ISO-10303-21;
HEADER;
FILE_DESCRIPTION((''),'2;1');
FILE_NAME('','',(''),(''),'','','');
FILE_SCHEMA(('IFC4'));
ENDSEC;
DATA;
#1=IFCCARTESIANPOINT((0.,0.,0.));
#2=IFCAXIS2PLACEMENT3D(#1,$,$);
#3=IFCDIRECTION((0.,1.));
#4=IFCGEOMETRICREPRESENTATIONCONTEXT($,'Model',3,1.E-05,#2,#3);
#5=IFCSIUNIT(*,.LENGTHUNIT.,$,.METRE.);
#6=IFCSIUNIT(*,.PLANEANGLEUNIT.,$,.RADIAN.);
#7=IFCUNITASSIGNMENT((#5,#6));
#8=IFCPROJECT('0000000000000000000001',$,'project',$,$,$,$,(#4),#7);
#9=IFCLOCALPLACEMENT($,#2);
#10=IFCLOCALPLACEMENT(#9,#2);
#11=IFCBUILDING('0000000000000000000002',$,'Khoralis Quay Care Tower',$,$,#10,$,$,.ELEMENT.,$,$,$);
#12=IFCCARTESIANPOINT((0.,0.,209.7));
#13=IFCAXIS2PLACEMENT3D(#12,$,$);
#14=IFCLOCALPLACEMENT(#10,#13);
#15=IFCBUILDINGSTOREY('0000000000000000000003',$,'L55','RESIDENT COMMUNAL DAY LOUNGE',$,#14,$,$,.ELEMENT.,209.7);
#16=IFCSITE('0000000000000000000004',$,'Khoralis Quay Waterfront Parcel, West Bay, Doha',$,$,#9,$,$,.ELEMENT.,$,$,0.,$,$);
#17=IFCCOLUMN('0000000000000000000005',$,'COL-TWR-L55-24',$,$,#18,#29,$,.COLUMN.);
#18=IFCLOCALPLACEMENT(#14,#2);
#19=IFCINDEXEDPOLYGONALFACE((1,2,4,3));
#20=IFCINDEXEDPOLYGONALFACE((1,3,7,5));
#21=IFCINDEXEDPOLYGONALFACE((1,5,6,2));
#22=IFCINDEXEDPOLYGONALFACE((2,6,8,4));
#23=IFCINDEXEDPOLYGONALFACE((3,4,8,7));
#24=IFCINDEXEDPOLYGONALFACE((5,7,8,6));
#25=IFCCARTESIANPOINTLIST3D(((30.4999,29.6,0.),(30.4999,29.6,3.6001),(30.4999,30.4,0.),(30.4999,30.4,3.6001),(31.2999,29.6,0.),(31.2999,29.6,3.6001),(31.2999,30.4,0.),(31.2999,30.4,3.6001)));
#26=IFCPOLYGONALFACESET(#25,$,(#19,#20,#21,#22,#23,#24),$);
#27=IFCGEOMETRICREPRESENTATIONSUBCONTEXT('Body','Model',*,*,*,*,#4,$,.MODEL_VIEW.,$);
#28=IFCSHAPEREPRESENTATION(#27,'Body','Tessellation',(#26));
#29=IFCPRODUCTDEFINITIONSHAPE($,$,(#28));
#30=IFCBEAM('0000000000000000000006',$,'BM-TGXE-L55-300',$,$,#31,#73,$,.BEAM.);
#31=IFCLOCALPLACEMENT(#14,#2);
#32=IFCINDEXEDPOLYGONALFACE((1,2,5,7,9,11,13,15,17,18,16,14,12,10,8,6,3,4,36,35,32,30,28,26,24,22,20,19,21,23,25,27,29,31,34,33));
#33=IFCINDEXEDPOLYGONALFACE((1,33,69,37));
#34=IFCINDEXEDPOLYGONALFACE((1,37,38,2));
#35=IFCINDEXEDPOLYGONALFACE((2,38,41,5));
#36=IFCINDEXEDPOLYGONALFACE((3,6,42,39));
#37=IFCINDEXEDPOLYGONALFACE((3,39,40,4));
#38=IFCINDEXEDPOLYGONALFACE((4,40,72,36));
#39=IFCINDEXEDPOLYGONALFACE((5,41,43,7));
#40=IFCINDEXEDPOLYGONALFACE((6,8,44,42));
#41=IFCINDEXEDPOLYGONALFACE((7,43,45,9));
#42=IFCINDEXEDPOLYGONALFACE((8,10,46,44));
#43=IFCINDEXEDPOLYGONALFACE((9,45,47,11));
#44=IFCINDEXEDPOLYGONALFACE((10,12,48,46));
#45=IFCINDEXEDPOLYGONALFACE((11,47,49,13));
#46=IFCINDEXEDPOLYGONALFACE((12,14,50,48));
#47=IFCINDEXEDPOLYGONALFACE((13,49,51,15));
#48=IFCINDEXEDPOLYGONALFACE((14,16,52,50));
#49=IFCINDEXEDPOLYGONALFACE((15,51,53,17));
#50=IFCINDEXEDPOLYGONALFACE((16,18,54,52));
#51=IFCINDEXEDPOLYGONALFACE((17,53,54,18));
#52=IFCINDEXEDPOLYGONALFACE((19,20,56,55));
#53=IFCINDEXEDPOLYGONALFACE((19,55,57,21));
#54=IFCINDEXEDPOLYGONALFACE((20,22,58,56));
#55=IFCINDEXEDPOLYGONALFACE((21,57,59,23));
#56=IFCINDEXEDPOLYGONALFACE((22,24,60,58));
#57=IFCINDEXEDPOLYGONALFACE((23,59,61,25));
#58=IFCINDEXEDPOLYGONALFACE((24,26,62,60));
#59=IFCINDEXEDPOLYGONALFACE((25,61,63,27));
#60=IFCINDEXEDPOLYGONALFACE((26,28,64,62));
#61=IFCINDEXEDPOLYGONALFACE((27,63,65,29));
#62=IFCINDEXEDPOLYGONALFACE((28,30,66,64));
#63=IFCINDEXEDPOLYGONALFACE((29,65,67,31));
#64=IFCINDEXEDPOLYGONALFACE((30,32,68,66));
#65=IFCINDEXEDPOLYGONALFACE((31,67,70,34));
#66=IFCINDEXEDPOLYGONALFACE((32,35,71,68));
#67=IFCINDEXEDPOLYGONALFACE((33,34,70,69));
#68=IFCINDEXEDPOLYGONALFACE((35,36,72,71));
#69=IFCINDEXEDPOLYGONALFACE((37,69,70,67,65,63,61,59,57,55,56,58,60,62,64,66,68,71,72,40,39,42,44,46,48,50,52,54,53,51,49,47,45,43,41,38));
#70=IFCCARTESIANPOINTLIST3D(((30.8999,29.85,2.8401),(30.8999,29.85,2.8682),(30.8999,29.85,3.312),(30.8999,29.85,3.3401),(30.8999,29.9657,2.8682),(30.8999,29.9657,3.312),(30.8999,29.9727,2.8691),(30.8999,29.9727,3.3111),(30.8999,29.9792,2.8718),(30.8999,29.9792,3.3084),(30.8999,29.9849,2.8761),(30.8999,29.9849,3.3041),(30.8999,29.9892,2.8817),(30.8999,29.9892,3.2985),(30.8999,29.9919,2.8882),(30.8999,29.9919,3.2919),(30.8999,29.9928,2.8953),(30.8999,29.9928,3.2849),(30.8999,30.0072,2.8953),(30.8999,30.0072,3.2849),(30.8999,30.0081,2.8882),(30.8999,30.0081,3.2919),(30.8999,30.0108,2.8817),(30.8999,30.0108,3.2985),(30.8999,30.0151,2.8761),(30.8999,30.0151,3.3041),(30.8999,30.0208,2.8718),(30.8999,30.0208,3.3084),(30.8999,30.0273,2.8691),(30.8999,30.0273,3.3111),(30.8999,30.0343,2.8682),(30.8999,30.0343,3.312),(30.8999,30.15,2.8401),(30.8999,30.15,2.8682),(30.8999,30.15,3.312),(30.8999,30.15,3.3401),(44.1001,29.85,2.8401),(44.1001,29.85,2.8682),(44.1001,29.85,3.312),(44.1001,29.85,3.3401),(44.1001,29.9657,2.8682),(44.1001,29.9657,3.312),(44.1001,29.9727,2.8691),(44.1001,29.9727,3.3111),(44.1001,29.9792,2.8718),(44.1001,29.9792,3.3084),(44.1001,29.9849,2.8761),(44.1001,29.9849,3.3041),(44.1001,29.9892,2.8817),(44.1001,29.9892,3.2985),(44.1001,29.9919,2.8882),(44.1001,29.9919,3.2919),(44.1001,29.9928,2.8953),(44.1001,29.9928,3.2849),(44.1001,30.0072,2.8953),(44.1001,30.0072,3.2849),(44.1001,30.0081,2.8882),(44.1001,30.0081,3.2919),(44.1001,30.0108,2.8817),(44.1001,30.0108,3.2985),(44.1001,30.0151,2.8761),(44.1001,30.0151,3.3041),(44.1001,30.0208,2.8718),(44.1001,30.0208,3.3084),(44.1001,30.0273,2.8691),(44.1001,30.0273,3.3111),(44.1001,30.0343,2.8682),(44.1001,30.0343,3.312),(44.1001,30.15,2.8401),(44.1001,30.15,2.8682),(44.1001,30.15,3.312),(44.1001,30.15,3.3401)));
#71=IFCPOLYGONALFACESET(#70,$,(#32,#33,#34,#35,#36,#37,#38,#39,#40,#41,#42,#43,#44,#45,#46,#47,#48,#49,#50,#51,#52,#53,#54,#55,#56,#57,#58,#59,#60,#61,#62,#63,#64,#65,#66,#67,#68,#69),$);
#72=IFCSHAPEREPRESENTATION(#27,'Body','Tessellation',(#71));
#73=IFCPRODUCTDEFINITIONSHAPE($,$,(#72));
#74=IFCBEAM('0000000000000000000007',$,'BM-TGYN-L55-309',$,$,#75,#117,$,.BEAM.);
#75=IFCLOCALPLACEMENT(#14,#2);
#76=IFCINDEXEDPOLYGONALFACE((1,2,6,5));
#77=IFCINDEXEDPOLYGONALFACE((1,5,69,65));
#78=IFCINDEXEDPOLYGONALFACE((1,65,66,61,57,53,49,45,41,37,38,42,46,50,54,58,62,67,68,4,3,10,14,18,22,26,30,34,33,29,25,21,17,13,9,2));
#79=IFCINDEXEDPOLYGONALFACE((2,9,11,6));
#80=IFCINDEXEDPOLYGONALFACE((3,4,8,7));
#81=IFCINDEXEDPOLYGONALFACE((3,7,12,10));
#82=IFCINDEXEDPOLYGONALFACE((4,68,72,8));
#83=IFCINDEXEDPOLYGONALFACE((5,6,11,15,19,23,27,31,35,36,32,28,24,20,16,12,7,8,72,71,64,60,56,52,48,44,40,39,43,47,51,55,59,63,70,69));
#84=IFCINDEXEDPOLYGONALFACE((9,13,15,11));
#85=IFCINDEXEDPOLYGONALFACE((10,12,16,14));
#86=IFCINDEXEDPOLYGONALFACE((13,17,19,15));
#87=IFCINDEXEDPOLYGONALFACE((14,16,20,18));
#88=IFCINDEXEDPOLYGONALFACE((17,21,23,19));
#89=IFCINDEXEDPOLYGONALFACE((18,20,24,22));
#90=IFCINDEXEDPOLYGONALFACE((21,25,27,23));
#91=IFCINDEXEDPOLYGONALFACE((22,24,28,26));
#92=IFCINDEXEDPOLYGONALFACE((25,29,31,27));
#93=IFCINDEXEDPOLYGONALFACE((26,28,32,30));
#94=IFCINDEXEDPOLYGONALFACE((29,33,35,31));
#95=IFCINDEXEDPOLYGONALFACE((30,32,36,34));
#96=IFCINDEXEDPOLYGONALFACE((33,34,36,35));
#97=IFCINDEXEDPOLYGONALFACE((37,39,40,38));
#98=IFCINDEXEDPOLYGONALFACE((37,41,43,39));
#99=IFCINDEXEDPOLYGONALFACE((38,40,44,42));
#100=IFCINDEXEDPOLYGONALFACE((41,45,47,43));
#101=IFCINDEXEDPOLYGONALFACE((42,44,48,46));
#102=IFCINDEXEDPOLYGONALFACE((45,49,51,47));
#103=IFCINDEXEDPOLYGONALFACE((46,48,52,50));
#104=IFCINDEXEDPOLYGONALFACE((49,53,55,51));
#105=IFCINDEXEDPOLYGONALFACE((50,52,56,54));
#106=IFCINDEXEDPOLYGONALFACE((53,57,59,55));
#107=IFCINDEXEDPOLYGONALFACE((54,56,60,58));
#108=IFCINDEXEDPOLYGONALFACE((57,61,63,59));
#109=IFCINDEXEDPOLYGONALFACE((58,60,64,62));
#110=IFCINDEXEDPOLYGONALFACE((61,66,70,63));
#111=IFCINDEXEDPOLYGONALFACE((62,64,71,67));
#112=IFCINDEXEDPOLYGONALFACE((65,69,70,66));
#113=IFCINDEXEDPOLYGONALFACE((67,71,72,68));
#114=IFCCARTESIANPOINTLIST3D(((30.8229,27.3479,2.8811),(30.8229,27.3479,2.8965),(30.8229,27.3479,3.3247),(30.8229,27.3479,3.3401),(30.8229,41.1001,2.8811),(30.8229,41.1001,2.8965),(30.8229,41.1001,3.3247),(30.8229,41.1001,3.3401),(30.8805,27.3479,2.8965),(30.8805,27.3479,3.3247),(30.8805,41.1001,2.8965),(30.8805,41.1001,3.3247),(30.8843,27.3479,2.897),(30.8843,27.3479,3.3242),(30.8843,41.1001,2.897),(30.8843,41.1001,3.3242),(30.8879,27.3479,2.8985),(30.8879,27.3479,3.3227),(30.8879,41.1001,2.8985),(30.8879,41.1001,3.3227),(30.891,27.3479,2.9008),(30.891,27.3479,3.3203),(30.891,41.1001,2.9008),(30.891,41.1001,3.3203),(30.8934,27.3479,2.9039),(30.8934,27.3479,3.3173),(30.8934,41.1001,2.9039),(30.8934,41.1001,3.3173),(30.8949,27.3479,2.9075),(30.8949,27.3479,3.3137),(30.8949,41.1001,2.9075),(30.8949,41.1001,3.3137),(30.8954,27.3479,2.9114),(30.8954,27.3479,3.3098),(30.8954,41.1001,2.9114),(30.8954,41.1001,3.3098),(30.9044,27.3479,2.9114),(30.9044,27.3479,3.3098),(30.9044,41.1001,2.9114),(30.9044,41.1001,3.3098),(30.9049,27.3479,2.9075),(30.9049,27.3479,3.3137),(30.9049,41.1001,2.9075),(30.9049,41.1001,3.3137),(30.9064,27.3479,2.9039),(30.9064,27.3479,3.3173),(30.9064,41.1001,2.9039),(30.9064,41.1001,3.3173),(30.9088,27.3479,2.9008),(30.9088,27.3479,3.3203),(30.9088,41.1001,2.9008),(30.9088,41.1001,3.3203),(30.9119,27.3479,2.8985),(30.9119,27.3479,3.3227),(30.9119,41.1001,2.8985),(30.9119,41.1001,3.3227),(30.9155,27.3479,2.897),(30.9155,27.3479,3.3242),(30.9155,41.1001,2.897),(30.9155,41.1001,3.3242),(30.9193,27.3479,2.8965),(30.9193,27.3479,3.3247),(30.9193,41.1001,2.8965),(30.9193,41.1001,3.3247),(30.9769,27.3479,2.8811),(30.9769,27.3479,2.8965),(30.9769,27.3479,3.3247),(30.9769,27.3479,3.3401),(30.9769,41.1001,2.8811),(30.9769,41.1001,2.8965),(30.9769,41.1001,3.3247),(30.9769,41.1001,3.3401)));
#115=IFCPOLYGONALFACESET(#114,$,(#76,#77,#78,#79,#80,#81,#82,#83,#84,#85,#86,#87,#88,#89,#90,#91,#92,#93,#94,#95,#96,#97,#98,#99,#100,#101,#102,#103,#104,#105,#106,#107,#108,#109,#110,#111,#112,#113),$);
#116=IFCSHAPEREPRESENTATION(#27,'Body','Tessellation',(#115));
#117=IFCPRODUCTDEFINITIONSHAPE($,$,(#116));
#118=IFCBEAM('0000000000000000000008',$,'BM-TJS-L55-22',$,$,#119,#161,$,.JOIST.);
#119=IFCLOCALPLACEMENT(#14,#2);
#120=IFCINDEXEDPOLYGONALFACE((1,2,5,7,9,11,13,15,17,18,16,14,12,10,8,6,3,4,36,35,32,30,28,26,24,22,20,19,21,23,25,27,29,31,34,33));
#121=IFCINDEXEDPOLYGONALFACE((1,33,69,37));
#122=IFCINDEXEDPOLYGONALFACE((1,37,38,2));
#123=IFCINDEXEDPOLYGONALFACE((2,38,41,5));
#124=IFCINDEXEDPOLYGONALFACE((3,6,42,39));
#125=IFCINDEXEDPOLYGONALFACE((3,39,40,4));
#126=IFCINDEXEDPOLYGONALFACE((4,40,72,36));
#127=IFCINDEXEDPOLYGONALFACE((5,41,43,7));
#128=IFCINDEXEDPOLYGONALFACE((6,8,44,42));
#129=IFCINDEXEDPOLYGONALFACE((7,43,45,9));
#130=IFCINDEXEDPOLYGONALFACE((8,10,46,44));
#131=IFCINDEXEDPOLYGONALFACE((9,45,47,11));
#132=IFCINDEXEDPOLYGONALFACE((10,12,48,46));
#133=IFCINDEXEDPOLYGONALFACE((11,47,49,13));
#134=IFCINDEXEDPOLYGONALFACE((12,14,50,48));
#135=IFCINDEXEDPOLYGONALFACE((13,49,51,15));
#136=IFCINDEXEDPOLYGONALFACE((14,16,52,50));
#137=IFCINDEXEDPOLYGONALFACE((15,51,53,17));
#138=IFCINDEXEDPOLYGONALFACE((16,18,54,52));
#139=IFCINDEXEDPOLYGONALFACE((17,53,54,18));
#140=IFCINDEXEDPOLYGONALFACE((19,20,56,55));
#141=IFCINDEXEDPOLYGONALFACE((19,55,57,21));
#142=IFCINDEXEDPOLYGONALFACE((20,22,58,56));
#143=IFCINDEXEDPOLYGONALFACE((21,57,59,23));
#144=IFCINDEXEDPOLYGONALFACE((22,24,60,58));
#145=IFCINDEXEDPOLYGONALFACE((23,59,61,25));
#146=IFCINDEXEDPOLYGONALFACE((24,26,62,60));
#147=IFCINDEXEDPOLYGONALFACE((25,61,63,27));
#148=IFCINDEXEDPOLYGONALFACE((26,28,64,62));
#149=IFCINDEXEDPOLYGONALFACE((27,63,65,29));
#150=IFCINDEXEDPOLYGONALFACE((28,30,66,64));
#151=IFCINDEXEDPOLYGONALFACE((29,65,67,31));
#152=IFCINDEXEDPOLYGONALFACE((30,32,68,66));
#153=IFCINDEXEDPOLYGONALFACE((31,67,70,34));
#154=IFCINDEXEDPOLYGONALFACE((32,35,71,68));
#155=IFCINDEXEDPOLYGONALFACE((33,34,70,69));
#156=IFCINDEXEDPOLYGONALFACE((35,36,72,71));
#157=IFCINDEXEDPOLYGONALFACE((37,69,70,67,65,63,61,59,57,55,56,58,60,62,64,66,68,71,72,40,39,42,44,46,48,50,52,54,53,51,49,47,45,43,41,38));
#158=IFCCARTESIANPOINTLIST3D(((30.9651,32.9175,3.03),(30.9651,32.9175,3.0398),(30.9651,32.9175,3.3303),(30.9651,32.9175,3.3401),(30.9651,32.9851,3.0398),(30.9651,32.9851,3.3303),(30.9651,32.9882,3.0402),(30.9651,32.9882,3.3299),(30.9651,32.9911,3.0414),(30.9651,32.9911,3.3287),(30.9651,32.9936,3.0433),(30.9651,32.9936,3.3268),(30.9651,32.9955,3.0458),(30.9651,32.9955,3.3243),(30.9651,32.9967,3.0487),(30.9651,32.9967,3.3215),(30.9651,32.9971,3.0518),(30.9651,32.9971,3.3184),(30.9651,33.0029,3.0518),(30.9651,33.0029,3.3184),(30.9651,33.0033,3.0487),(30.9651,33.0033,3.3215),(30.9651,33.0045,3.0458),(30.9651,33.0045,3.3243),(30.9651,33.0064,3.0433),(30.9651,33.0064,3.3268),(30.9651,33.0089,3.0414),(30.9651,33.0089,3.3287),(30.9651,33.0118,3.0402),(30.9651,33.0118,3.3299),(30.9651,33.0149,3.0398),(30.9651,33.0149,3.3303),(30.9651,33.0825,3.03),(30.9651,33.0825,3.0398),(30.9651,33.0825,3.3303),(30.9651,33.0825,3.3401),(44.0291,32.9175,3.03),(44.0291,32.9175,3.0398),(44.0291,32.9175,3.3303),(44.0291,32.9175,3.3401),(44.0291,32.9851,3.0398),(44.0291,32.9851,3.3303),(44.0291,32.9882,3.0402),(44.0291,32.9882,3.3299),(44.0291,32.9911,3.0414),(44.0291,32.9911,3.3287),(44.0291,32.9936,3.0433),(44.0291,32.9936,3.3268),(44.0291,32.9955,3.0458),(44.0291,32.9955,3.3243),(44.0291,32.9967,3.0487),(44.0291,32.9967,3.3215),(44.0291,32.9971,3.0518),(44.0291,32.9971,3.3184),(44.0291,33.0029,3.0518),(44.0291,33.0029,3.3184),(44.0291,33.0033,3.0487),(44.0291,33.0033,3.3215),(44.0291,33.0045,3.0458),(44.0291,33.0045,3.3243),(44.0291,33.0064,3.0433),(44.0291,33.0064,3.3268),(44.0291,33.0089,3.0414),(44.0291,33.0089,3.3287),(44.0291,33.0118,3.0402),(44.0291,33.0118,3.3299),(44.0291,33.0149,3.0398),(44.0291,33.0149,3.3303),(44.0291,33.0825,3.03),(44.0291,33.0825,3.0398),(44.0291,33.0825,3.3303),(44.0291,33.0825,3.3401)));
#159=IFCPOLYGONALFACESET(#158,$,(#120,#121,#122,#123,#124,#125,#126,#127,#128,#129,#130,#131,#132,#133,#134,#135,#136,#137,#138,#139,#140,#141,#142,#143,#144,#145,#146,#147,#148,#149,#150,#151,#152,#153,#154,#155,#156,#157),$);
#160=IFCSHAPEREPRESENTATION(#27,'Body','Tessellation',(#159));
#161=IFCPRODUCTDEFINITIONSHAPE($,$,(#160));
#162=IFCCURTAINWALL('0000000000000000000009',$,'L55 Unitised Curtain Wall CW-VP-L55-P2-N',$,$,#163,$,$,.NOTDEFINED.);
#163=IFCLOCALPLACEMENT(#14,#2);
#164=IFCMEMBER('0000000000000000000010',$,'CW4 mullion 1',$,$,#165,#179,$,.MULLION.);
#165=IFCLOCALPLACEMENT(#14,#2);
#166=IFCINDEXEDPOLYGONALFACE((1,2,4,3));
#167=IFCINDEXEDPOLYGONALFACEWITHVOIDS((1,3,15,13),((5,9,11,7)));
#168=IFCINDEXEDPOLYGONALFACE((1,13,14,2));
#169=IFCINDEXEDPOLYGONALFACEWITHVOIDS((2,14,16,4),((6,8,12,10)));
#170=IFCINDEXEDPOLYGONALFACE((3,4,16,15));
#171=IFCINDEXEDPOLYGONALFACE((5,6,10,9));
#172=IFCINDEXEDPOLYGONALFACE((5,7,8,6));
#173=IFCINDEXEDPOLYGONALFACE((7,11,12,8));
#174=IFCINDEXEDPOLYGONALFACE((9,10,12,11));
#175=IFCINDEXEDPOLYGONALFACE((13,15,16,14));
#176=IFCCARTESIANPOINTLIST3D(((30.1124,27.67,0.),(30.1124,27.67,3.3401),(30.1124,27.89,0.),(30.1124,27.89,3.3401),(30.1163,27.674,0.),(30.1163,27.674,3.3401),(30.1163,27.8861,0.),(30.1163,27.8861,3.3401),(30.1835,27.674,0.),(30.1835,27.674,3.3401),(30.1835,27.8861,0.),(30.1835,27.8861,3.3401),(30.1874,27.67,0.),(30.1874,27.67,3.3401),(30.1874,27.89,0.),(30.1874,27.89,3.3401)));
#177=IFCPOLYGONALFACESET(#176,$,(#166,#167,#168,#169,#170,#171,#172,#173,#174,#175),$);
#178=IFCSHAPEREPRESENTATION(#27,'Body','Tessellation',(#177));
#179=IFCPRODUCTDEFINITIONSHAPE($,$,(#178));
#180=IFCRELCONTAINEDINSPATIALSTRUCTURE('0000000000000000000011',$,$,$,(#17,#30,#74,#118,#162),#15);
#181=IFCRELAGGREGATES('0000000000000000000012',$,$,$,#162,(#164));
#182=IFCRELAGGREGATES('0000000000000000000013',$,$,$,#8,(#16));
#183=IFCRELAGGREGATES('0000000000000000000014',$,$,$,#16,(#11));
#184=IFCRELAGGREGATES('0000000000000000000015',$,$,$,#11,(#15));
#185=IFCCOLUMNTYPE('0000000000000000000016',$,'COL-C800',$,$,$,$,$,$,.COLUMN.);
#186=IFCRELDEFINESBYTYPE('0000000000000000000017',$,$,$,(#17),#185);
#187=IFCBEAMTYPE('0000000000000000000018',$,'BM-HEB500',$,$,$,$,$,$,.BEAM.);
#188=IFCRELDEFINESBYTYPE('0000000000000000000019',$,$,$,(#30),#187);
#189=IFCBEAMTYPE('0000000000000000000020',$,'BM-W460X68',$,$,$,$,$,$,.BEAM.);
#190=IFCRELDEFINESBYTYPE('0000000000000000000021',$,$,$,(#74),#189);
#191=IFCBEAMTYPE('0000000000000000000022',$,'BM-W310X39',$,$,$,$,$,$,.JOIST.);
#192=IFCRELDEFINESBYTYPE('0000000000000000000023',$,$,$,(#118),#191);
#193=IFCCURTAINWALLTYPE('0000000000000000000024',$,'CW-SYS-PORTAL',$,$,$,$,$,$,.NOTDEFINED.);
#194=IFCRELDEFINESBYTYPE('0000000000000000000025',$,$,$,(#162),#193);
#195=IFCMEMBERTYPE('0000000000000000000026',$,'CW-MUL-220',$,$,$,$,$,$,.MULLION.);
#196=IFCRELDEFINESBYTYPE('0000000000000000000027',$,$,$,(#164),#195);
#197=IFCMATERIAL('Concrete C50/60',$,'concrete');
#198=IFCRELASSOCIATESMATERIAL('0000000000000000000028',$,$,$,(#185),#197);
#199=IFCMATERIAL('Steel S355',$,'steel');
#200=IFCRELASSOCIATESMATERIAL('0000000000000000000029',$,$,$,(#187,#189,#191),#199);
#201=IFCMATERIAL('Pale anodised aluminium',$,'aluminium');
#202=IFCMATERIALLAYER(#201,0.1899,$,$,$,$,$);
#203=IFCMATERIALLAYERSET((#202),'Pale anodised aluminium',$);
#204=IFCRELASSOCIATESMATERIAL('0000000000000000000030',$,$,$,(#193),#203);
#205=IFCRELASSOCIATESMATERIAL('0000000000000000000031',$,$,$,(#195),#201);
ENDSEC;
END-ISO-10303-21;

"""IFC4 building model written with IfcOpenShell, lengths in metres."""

from ifc_helpers import new_model, si_unit, direction, frame, origin, origin_2d, place, context, subcontext, project, spatial, rectangle, hollow_rectangle, i_section, extrude, source, transform, mapped, material, layer, layer_set, material_profile, profile_set, type_object, element, aggregate, save


model = new_model("IFC4")

# Units and contexts
model_context = context("Model", 3, precision=1e-05, world=origin(), true_north=direction((0.0, 1.0)))
body_context = subcontext(model_context, "Body", "Model", "MODEL_VIEW")
ifc_project = project(units=[si_unit("LENGTHUNIT", "METRE"), si_unit("PLANEANGLEUNIT", "RADIAN")], contexts=[model_context])

# Site, building, storey
site_placement = place(None, origin())
site = spatial("IfcSite", under=ifc_project, at=site_placement, Name="Khoralis Quay Waterfront Parcel, West Bay, Doha", CompositionType="ELEMENT", RefElevation=0.0)
building_placement = place(site_placement, origin())
building = spatial("IfcBuilding", under=site, at=building_placement, Name="Khoralis Quay Care Tower", CompositionType="ELEMENT")
storey_placement = place(building_placement, frame((0.0, 0.0, 209.7)))
storey = spatial("IfcBuildingStorey", under=building, at=storey_placement, Name="L55", Description="RESIDENT COMMUNAL DAY LOUNGE", CompositionType="ELEMENT", Elevation=209.7)

# Column
ifc_material_1 = material(Name="Concrete C50/60", Category="concrete")
ifc_material_profile_1 = material_profile(ifc_material_1, rectangle(XDim=0.8, YDim=0.8, at=origin_2d()), Name="Concrete C50/60")
ifc_profile_set_1 = profile_set([ifc_material_profile_1], Name="Concrete C50/60")
column_type = type_object("IfcColumnType", Name="COL-C800", PredefinedType="COLUMN", material=ifc_profile_set_1)
shared_shape_1 = source(origin(), body_context, "Body", "SweptSolid", [
    extrude(rectangle(XDim=0.8, YDim=0.8, at=origin_2d()), origin(), (0.0, 0.0, 1.0), 3.6001),
])
column_placement = place(storey_placement, frame((30.8999, 30.0, 0.0), z_axis=(0.0, 0.0, 1.0), x_axis=(1.0, 0.0, 0.0)))
element("IfcColumn", 1, at=column_placement, inside=storey, type_object=column_type, Name="COL-TWR-L55-24", PredefinedType="COLUMN", context=body_context, shape_type="MappedRepresentation", body=[
    mapped(shared_shape_1, transform((0.0, 0.0, 0.0), scale=1.0)),
])

# Beams
ifc_material_2 = material(Name="Steel S355", Category="steel")
ifc_material_profile_2 = material_profile(ifc_material_2, i_section(OverallWidth=0.3, OverallDepth=0.5, WebThickness=0.0144, FlangeThickness=0.0281, FilletRadius=0.0271, at=origin_2d()), Name="Steel S355")
ifc_profile_set_2 = profile_set([ifc_material_profile_2], Name="Steel S355")
beam_type_1 = type_object("IfcBeamType", Name="BM-HEB500", PredefinedType="BEAM", material=ifc_profile_set_2)
shared_shape_2 = source(origin(), body_context, "Body", "SweptSolid", [
    extrude(i_section(OverallWidth=0.3, OverallDepth=0.5, WebThickness=0.0144, FlangeThickness=0.0281, FilletRadius=0.0271, at=origin_2d()), origin(), (0.0, 0.0, 1.0), 13.2002),
])
beam_1_placement = place(storey_placement, frame((30.8999, 30.0, 3.0901), z_axis=(1.0, 0.0, 0.0), x_axis=(0.0, 1.0, 0.0)))
element("IfcBeam", 2, at=beam_1_placement, inside=storey, type_object=beam_type_1, Name="BM-TGXE-L55-300", PredefinedType="BEAM", context=body_context, shape_type="MappedRepresentation", body=[
    mapped(shared_shape_2, transform((0.0, 0.0, 0.0), scale=1.0)),
])
ifc_material_profile_3 = material_profile(ifc_material_2, i_section(OverallWidth=0.1541, OverallDepth=0.459, WebThickness=0.009, FlangeThickness=0.0154, FilletRadius=0.0149, at=origin_2d()), Name="Steel S355")
ifc_profile_set_3 = profile_set([ifc_material_profile_3], Name="Steel S355")
beam_type_2 = type_object("IfcBeamType", Name="BM-W460X68", PredefinedType="BEAM", material=ifc_profile_set_3)
shared_shape_3 = source(origin(), body_context, "Body", "SweptSolid", [
    extrude(i_section(OverallWidth=0.1541, OverallDepth=0.459, WebThickness=0.009, FlangeThickness=0.0154, FilletRadius=0.0149, at=origin_2d()), origin(), (0.0, 0.0, 1.0), 13.7522),
])
beam_2_placement = place(storey_placement, frame((30.8999, 27.3479, 3.1106), z_axis=(0.0, 1.0, 0.0), x_axis=(-1.0, 0.0, 0.0)))
element("IfcBeam", 3, at=beam_2_placement, inside=storey, type_object=beam_type_2, Name="BM-TGYN-L55-309", PredefinedType="BEAM", context=body_context, shape_type="MappedRepresentation", body=[
    mapped(shared_shape_3, transform((0.0, 0.0, 0.0), scale=1.0)),
])
ifc_material_profile_4 = material_profile(ifc_material_2, i_section(OverallWidth=0.165, OverallDepth=0.3101, WebThickness=0.0059, FlangeThickness=0.0098, FilletRadius=0.012, at=origin_2d()), Name="Steel S355")
ifc_profile_set_4 = profile_set([ifc_material_profile_4], Name="Steel S355")
beam_type_3 = type_object("IfcBeamType", Name="BM-W310X39", PredefinedType="JOIST", material=ifc_profile_set_4)
shared_shape_4 = source(origin(), body_context, "Body", "SweptSolid", [
    extrude(i_section(OverallWidth=0.165, OverallDepth=0.3101, WebThickness=0.0059, FlangeThickness=0.0098, FilletRadius=0.012, at=origin_2d()), origin(), (0.0, 0.0, 1.0), 13.064),
])
beam_3_placement = place(storey_placement, frame((30.9651, 33.0, 3.1851), z_axis=(1.0, 0.0, 0.0), x_axis=(0.0, 1.0, 0.0)))
element("IfcBeam", 4, at=beam_3_placement, inside=storey, type_object=beam_type_3, Name="BM-TJS-L55-22", PredefinedType="JOIST", context=body_context, shape_type="MappedRepresentation", body=[
    mapped(shared_shape_4, transform((0.0, 0.0, 0.0), scale=1.0)),
])

# Curtain wall, member
ifc_material_3 = material(Name="Pale anodised aluminium", Category="aluminium")
ifc_layer_1 = layer(ifc_material_3, 0.1899)
ifc_layer_set_1 = layer_set([ifc_layer_1], Name="Pale anodised aluminium")
curtain_wall_type = type_object("IfcCurtainWallType", Name="CW-SYS-PORTAL", PredefinedType="NOTDEFINED", material=ifc_layer_set_1)
curtain_wall_placement = place(storey_placement, origin())
curtain_wall = element("IfcCurtainWall", 5, at=curtain_wall_placement, inside=storey, type_object=curtain_wall_type, Name="L55 Unitised Curtain Wall CW-VP-L55-P2-N", PredefinedType="NOTDEFINED")
ifc_material_profile_5 = material_profile(ifc_material_3, hollow_rectangle(XDim=0.075, YDim=0.22, WallThickness=0.0039, at=origin_2d()), Name="Pale anodised aluminium")
ifc_profile_set_5 = profile_set([ifc_material_profile_5], Name="Pale anodised aluminium")
member_type_1 = type_object("IfcMemberType", Name="CW-MUL-220", PredefinedType="MULLION", material=ifc_profile_set_5)
shared_shape_5 = source(origin(), body_context, "Body", "SweptSolid", [
    extrude(hollow_rectangle(XDim=0.075, YDim=0.22, WallThickness=0.0039, at=origin_2d()), origin(), (0.0, 0.0, 1.0), 3.3401),
])
member_1_placement = place(storey_placement, frame((30.1499, 27.78, 0.0), z_axis=(0.0, 0.0, 1.0), x_axis=(-1.0, 0.0, 0.0)))
member_1 = element("IfcMember", 6, at=member_1_placement, type_object=member_type_1, Name="CW4 mullion 1", PredefinedType="MULLION", context=body_context, shape_type="MappedRepresentation", body=[
    mapped(shared_shape_5, transform((0.0, 0.0, 0.0), scale=1.0)),
])
aggregate(curtain_wall, [member_1])

save(model, "model.ifc")
